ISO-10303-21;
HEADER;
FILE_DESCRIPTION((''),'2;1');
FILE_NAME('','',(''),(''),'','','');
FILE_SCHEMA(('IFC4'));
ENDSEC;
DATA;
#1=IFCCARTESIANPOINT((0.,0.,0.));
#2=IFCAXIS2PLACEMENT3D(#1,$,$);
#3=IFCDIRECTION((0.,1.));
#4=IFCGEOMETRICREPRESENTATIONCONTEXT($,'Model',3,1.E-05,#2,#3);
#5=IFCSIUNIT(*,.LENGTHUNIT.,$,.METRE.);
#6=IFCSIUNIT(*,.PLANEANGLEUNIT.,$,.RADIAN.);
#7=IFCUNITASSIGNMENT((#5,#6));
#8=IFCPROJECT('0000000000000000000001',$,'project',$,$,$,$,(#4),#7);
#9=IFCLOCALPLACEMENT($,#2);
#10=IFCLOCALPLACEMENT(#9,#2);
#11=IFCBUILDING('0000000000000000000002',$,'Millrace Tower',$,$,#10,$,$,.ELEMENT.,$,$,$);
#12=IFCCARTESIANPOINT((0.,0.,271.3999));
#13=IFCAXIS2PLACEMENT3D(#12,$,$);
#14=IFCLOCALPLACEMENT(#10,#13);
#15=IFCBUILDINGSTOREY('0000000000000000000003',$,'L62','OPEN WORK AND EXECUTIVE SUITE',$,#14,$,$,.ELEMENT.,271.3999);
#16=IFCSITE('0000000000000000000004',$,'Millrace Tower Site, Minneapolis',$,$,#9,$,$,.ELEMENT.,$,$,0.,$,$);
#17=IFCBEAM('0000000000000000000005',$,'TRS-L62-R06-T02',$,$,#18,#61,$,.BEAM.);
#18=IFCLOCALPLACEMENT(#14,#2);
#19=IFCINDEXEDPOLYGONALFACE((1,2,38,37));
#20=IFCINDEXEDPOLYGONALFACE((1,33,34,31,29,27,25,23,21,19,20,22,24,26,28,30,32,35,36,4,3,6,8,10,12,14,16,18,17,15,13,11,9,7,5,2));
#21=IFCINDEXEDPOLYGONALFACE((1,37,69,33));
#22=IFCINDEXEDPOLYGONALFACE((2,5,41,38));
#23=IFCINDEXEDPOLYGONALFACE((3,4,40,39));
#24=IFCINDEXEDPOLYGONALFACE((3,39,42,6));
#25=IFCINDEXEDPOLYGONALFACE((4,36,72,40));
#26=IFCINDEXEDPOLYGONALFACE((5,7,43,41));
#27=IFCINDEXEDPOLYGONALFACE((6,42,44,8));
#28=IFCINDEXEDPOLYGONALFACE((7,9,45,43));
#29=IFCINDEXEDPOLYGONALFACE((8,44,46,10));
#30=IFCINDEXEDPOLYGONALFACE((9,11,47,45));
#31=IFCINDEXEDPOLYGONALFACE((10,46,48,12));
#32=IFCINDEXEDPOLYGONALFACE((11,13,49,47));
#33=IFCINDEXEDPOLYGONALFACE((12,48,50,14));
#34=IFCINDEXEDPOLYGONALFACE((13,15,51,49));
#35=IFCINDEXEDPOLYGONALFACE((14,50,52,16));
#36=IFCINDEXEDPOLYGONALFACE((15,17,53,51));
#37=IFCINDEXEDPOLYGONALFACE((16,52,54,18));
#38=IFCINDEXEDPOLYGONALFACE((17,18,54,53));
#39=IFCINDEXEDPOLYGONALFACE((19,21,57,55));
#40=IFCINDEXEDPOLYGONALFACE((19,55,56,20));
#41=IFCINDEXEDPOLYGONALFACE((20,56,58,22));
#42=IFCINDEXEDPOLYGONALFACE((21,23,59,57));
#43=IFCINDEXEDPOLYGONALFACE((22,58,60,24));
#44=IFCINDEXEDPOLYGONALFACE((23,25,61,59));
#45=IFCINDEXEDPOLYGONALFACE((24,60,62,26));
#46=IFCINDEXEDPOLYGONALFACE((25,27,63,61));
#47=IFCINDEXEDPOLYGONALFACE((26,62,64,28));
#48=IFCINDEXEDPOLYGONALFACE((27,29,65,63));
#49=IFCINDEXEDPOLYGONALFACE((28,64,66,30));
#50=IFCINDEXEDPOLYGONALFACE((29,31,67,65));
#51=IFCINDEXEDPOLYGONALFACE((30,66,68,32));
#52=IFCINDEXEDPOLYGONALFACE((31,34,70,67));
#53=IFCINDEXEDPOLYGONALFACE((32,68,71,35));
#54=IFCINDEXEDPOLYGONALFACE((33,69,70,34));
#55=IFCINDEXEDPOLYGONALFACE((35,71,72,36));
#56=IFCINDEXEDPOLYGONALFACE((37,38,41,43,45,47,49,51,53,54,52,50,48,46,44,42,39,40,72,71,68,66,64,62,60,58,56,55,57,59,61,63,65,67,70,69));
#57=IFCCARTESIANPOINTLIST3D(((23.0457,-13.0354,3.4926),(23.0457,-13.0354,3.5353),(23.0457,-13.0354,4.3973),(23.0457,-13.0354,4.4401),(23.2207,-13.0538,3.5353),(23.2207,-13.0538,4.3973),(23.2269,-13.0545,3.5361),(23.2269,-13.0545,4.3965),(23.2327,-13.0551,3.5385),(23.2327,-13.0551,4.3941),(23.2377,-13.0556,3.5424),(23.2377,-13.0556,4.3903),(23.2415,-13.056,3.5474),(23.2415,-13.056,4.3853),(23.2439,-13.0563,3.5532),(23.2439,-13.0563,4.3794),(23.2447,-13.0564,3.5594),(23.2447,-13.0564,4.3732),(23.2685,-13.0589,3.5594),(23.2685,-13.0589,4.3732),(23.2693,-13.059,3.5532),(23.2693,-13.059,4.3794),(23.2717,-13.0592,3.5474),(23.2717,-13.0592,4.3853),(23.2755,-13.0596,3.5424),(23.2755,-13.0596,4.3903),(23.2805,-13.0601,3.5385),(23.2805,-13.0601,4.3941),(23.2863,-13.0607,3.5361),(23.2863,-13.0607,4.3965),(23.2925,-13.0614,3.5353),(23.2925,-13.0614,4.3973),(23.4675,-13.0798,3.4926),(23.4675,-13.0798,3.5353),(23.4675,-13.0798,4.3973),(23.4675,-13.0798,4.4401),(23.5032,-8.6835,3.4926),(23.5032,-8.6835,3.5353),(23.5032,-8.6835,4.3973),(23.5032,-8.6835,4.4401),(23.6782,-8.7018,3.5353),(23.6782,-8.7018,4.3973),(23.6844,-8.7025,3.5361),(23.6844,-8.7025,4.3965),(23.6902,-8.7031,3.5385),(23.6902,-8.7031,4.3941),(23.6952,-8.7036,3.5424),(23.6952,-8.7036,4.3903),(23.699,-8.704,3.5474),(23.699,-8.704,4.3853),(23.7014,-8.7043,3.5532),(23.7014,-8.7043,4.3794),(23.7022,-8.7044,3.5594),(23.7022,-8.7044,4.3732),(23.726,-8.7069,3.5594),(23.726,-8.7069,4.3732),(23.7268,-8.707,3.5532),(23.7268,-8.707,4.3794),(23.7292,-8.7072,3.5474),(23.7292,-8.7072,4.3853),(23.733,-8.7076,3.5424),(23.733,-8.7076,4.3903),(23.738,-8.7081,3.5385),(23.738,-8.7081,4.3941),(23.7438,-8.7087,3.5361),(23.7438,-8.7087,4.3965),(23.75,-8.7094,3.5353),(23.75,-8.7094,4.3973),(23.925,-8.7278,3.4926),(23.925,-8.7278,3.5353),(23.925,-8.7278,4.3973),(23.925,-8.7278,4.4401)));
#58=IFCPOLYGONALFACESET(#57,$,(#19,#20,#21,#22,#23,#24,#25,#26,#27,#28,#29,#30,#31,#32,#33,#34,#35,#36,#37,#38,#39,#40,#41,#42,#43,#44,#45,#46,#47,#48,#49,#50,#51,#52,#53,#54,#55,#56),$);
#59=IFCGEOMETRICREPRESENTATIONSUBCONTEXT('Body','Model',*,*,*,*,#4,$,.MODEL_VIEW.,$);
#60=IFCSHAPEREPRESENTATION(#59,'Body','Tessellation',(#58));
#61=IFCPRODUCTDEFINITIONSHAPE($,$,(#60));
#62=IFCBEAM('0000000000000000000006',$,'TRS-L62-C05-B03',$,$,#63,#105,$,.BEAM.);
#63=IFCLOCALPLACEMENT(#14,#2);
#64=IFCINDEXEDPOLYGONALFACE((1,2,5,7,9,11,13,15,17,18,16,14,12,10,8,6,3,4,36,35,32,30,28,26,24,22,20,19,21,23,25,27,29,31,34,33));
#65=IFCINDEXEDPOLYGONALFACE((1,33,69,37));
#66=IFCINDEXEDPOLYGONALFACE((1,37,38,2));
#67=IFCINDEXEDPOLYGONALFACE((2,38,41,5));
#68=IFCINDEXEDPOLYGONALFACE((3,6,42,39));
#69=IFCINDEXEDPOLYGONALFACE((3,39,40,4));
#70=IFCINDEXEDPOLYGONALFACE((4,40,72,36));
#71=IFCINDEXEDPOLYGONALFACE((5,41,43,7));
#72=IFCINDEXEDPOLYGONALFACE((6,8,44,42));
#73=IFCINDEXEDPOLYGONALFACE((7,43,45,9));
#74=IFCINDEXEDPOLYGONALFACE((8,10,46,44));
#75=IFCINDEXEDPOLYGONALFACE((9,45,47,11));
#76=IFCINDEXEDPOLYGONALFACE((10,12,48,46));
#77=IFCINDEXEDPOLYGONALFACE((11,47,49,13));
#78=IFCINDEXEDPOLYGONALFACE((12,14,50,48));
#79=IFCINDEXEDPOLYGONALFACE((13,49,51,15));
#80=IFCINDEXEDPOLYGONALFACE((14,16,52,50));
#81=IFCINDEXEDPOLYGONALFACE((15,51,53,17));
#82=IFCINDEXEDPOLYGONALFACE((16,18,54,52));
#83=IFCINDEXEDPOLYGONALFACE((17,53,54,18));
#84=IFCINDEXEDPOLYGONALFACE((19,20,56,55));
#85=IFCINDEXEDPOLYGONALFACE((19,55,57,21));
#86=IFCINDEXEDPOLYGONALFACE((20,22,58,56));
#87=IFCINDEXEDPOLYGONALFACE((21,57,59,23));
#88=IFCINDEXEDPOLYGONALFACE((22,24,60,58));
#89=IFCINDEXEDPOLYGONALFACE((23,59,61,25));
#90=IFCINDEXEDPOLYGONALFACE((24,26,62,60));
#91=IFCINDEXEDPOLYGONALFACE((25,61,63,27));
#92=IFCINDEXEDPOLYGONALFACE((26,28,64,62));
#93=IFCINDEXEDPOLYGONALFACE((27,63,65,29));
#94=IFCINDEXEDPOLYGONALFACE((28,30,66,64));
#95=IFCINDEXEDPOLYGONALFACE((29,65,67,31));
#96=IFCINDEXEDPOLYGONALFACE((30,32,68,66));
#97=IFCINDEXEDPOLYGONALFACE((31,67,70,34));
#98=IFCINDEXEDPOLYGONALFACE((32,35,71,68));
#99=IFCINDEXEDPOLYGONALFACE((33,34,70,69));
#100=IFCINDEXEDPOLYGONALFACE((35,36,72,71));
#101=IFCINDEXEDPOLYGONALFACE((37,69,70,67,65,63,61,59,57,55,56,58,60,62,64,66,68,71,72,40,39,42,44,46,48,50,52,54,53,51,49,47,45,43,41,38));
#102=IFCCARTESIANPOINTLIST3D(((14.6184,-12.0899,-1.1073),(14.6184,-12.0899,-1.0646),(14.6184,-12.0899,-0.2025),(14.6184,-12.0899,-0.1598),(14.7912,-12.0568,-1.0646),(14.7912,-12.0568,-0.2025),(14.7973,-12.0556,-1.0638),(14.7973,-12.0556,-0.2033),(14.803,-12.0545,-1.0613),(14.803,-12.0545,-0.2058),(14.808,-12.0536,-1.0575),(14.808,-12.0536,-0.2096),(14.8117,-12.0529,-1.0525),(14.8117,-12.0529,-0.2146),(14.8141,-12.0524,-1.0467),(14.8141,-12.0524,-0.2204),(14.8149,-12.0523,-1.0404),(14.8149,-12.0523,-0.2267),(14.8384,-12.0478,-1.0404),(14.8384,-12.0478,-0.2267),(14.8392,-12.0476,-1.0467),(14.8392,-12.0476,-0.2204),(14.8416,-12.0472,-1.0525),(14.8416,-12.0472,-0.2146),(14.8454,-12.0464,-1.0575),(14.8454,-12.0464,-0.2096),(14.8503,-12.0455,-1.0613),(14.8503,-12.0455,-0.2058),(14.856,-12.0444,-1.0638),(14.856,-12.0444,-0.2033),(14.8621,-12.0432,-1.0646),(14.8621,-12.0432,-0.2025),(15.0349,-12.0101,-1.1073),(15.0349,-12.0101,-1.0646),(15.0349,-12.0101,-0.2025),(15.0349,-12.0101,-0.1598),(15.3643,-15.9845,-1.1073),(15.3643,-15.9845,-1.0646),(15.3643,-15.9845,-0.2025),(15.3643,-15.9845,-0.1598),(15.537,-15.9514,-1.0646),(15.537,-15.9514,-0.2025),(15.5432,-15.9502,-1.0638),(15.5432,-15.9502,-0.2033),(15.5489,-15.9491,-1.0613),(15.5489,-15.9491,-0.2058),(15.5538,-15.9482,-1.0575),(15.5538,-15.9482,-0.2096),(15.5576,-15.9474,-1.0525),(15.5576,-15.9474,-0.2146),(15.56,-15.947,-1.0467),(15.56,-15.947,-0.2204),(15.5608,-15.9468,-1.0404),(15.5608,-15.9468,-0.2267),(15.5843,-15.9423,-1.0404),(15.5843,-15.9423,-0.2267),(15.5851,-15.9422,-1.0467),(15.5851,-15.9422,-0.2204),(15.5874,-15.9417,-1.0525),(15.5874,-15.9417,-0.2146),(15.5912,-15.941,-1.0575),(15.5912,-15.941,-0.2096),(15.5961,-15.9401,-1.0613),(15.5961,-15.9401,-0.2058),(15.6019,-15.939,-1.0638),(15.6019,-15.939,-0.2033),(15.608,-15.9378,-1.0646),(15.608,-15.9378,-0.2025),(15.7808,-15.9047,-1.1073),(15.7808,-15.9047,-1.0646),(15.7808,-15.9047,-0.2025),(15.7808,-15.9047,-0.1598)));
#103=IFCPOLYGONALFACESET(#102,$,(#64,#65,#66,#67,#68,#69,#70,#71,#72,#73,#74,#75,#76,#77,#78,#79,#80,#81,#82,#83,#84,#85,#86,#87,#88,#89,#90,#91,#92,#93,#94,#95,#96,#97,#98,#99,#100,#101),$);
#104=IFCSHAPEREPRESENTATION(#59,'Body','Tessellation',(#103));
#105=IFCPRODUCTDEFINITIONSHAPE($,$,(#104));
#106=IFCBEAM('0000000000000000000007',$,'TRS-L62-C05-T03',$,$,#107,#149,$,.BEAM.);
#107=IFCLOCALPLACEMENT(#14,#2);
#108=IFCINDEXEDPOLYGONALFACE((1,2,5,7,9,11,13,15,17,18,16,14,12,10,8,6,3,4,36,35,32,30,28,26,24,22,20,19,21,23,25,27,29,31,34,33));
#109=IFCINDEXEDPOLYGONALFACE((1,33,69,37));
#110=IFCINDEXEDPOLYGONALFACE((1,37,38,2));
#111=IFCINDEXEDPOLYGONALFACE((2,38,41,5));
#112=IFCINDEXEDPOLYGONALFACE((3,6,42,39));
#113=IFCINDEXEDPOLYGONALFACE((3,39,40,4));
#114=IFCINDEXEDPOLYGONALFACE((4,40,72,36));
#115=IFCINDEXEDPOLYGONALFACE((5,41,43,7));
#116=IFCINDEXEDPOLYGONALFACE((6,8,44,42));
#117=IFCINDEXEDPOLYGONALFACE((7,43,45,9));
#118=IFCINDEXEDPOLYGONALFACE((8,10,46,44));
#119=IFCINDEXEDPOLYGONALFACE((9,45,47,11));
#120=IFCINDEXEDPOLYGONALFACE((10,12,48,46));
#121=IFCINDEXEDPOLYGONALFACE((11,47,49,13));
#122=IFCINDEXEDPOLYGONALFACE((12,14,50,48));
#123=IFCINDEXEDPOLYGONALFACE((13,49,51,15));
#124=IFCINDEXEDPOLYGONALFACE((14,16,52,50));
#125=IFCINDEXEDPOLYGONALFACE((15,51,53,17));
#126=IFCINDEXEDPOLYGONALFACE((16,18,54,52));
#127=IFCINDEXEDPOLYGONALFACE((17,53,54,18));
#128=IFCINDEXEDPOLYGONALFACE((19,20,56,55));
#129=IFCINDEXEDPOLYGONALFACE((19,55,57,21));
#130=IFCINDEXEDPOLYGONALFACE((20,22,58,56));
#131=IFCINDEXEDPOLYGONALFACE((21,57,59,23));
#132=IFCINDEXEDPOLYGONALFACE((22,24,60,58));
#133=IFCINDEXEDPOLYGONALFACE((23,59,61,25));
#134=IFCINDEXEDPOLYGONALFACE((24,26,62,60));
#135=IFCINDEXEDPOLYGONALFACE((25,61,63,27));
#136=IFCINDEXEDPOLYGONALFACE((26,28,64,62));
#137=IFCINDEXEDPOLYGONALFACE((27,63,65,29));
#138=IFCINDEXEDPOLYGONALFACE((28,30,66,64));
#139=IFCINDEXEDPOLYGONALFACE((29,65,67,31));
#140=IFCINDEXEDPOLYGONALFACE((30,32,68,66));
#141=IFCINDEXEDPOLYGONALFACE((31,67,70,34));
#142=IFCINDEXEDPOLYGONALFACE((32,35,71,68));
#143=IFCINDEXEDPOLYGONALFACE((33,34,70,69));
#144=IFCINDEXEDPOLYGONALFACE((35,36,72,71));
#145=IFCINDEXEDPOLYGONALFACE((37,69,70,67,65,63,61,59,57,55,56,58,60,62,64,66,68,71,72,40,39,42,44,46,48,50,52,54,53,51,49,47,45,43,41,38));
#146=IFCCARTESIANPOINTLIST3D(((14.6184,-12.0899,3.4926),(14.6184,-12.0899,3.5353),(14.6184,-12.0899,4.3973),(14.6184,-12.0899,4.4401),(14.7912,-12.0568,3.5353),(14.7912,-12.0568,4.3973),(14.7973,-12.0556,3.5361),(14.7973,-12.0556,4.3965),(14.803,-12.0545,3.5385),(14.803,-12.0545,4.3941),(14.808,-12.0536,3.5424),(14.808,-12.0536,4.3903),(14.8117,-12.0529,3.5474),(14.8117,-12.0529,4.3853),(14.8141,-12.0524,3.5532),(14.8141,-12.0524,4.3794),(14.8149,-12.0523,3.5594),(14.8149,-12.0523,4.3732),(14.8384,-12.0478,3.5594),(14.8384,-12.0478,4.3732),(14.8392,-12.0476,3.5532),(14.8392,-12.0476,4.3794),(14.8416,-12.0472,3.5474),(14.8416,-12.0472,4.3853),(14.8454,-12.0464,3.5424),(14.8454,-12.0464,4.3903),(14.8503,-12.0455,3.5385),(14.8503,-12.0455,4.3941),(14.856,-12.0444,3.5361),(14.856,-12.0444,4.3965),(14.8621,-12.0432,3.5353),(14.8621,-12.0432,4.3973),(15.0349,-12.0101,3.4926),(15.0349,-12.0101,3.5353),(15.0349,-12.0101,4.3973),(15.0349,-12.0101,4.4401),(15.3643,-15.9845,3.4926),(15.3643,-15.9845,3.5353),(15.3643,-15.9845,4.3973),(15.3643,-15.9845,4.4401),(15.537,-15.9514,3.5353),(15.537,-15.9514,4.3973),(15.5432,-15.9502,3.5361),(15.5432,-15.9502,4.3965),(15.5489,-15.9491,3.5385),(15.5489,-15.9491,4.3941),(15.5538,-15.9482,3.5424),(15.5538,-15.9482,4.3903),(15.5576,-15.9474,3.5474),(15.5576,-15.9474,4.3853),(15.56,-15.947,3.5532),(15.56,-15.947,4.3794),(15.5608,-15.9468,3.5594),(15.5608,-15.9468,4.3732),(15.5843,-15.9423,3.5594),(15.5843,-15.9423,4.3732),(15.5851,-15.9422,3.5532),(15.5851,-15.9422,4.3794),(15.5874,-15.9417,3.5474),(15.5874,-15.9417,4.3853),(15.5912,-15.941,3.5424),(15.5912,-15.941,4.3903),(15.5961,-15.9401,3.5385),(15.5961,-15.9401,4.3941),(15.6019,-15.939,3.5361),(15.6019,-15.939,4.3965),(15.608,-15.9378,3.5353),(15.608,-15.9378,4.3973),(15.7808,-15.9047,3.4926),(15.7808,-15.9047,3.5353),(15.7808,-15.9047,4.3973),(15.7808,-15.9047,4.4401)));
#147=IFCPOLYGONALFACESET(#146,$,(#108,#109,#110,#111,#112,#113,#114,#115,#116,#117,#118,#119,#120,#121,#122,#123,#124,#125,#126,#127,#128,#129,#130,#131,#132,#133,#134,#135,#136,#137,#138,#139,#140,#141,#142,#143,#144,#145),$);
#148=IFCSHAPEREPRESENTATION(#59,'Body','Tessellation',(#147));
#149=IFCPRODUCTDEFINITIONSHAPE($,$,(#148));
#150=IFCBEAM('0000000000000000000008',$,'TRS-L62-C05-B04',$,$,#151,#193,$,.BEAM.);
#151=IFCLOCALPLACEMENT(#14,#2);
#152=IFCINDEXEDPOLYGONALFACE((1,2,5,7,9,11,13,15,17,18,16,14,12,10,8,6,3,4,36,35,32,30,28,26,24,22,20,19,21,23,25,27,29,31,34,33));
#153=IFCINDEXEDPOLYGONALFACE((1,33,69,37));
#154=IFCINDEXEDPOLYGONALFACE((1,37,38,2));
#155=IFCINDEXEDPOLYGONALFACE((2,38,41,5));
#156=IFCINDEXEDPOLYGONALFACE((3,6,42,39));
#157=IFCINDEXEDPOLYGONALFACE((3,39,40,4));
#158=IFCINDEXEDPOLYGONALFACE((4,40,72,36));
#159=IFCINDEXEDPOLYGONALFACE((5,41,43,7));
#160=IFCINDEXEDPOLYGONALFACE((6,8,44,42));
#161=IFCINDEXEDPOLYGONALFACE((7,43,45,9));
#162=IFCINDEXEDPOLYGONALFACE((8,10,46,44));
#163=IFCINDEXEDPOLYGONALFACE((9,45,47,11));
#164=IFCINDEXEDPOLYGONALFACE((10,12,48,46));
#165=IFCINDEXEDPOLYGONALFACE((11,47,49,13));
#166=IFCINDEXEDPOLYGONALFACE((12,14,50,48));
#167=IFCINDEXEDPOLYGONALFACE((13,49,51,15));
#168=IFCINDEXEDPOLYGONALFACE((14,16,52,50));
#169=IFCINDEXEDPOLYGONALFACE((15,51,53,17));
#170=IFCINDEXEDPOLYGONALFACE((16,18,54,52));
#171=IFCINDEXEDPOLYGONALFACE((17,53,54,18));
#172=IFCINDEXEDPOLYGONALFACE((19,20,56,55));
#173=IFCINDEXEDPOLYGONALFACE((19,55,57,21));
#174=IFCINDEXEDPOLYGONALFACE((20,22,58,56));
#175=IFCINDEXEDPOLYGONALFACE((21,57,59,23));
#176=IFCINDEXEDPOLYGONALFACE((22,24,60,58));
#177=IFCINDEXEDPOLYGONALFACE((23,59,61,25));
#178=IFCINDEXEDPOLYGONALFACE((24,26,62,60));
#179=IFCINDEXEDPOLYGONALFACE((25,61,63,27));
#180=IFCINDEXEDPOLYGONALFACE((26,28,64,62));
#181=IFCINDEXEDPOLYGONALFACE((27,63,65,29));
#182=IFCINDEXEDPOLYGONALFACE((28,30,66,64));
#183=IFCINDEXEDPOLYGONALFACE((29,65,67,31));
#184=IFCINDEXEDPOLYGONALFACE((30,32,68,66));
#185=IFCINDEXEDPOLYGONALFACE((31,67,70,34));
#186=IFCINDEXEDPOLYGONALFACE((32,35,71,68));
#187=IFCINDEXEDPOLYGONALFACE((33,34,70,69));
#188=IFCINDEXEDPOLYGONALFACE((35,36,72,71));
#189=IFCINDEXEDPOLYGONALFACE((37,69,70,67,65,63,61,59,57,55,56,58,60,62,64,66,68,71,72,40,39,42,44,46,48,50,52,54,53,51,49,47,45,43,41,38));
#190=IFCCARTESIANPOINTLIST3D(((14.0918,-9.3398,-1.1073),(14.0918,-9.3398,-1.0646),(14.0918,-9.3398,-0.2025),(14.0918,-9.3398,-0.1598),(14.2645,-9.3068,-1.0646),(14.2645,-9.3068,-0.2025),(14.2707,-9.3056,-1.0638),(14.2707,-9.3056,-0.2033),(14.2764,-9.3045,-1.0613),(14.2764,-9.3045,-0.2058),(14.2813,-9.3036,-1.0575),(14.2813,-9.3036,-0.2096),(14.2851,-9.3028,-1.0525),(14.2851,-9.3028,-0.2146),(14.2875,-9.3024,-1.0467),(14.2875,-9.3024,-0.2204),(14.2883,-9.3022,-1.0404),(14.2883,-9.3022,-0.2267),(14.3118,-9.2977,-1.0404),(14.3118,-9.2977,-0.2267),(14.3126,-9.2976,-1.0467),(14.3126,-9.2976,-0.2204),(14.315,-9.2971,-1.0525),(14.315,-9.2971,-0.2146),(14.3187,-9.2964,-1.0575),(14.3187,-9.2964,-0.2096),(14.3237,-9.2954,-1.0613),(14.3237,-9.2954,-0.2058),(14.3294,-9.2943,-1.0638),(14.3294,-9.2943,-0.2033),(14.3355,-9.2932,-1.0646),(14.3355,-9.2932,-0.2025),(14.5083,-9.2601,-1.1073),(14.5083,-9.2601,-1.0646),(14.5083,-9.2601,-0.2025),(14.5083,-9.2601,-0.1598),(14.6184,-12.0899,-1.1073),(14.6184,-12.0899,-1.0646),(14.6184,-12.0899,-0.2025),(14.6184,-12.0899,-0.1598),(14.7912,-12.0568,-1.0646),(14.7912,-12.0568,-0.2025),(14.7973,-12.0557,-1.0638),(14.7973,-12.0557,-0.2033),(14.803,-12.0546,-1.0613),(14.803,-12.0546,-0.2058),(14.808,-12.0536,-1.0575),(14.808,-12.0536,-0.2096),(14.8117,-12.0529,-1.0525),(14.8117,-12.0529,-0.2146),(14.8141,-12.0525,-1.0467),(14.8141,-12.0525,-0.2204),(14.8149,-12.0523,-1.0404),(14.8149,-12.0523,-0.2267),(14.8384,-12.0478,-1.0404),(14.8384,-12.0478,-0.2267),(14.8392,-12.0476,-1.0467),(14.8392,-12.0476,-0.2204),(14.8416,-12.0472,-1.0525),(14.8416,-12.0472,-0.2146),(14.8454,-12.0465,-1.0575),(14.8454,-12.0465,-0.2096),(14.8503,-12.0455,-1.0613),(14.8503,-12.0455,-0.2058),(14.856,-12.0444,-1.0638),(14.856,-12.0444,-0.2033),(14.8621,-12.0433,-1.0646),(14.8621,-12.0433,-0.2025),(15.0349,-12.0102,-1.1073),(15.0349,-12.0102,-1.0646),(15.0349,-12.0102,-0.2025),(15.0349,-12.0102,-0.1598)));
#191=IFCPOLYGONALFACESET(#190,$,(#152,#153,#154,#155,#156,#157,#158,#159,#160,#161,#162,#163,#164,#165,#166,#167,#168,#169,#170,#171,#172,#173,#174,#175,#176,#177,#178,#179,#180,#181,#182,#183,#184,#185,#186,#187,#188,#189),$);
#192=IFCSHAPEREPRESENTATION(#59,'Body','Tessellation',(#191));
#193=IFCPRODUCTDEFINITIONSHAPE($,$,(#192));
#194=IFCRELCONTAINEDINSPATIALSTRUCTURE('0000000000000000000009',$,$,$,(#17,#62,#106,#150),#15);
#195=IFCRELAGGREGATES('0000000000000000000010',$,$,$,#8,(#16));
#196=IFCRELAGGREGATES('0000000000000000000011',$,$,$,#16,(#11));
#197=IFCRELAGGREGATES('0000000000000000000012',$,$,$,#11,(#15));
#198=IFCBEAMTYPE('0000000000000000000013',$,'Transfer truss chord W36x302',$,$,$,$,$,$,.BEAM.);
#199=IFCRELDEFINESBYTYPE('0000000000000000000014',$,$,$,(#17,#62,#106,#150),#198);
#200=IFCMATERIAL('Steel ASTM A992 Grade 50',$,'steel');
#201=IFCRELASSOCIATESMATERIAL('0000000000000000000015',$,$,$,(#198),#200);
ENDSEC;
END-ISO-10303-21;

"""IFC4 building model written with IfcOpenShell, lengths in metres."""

from ifc_helpers import new_model, si_unit, direction, frame, origin, origin_2d, place, context, subcontext, project, spatial, i_section, extrude, material, material_profile, profile_set, type_object, element, save


model = new_model("IFC4")

# Units and contexts
model_context = context("Model", 3, precision=1e-05, world=origin(), true_north=direction((0.0, 1.0)))
body_context = subcontext(model_context, "Body", "Model", "MODEL_VIEW")
ifc_project = project(units=[si_unit("LENGTHUNIT", "METRE"), si_unit("PLANEANGLEUNIT", "RADIAN")], contexts=[model_context])

# Site, building, storey
site_placement = place(None, origin())
site = spatial("IfcSite", under=ifc_project, at=site_placement, Name="Millrace Tower Site, Minneapolis", CompositionType="ELEMENT", RefElevation=0.0)
building_placement = place(site_placement, origin())
building = spatial("IfcBuilding", under=site, at=building_placement, Name="Millrace Tower", CompositionType="ELEMENT")
storey_placement = place(building_placement, frame((0.0, 0.0, 271.3999)))
storey = spatial("IfcBuildingStorey", under=building, at=storey_placement, Name="L62", Description="OPEN WORK AND EXECUTIVE SUITE", CompositionType="ELEMENT", Elevation=271.3999)

# Beams
ifc_material_1 = material(Name="Steel ASTM A992 Grade 50", Category="steel")
ifc_material_profile_1 = material_profile(ifc_material_1, i_section(OverallWidth=0.4241, OverallDepth=0.9475, WebThickness=0.0239, FlangeThickness=0.0427, FilletRadius=0.0242, at=origin_2d()))
ifc_profile_set_1 = profile_set([ifc_material_profile_1], Name="Steel ASTM A992 Grade 50")
beam_type_1 = type_object("IfcBeamType", Name="Transfer truss chord W36x302", PredefinedType="BEAM", material=ifc_profile_set_1)
for number, where, z_axis, x_axis, name in (
    (1, (23.2566, -13.0576, 3.9663), (0.104551, 0.99452, 0.0), (-0.99452, 0.104551, 0.0), "TRS-L62-R06-T02"),
):
    element("IfcBeam", number, at=place(storey_placement, frame(where, z_axis=z_axis, x_axis=x_axis)), inside=storey, type_object=beam_type_1, Name=name, PredefinedType="BEAM", context=body_context, shape_type="SweptSolid", body=[
        extrude(i_section(OverallWidth=0.4241, OverallDepth=0.9475, WebThickness=0.0239, FlangeThickness=0.0427, FilletRadius=0.0242, at=origin_2d()), origin(), (0.0, 0.0, 1.0), 4.376),
    ])
for number, where, z_axis, x_axis, name in (
    (2, (15.5725, -15.9446, -0.6335), (-0.188094, 0.982151, 0.0), (-0.982151, -0.188094, 0.0), "TRS-L62-C05-B03"),
    (3, (15.5725, -15.9446, 3.9663), (-0.188094, 0.982151, 0.0), (-0.982151, -0.188094, 0.0), "TRS-L62-C05-T03"),
):
    element("IfcBeam", number, at=place(storey_placement, frame(where, z_axis=z_axis, x_axis=x_axis)), inside=storey, type_object=beam_type_1, Name=name, PredefinedType="BEAM", context=body_context, shape_type="SweptSolid", body=[
        extrude(i_section(OverallWidth=0.4241, OverallDepth=0.9475, WebThickness=0.0239, FlangeThickness=0.0427, FilletRadius=0.0242, at=origin_2d()), origin(), (0.0, 0.0, 1.0), 3.9653),
    ])
beam_1_placement = place(storey_placement, frame((14.8267, -12.05, -0.6335), z_axis=(-0.188078, 0.982154, 0.0), x_axis=(-0.982154, -0.188078, 0.0)))
element("IfcBeam", 4, at=beam_1_placement, inside=storey, type_object=beam_type_1, Name="TRS-L62-C05-B04", PredefinedType="BEAM", context=body_context, shape_type="SweptSolid", body=[
    extrude(i_section(OverallWidth=0.4241, OverallDepth=0.9475, WebThickness=0.0239, FlangeThickness=0.0427, FilletRadius=0.0242, at=origin_2d()), origin(), (0.0, 0.0, 1.0), 2.8),
])

save(model, "model.ifc")
